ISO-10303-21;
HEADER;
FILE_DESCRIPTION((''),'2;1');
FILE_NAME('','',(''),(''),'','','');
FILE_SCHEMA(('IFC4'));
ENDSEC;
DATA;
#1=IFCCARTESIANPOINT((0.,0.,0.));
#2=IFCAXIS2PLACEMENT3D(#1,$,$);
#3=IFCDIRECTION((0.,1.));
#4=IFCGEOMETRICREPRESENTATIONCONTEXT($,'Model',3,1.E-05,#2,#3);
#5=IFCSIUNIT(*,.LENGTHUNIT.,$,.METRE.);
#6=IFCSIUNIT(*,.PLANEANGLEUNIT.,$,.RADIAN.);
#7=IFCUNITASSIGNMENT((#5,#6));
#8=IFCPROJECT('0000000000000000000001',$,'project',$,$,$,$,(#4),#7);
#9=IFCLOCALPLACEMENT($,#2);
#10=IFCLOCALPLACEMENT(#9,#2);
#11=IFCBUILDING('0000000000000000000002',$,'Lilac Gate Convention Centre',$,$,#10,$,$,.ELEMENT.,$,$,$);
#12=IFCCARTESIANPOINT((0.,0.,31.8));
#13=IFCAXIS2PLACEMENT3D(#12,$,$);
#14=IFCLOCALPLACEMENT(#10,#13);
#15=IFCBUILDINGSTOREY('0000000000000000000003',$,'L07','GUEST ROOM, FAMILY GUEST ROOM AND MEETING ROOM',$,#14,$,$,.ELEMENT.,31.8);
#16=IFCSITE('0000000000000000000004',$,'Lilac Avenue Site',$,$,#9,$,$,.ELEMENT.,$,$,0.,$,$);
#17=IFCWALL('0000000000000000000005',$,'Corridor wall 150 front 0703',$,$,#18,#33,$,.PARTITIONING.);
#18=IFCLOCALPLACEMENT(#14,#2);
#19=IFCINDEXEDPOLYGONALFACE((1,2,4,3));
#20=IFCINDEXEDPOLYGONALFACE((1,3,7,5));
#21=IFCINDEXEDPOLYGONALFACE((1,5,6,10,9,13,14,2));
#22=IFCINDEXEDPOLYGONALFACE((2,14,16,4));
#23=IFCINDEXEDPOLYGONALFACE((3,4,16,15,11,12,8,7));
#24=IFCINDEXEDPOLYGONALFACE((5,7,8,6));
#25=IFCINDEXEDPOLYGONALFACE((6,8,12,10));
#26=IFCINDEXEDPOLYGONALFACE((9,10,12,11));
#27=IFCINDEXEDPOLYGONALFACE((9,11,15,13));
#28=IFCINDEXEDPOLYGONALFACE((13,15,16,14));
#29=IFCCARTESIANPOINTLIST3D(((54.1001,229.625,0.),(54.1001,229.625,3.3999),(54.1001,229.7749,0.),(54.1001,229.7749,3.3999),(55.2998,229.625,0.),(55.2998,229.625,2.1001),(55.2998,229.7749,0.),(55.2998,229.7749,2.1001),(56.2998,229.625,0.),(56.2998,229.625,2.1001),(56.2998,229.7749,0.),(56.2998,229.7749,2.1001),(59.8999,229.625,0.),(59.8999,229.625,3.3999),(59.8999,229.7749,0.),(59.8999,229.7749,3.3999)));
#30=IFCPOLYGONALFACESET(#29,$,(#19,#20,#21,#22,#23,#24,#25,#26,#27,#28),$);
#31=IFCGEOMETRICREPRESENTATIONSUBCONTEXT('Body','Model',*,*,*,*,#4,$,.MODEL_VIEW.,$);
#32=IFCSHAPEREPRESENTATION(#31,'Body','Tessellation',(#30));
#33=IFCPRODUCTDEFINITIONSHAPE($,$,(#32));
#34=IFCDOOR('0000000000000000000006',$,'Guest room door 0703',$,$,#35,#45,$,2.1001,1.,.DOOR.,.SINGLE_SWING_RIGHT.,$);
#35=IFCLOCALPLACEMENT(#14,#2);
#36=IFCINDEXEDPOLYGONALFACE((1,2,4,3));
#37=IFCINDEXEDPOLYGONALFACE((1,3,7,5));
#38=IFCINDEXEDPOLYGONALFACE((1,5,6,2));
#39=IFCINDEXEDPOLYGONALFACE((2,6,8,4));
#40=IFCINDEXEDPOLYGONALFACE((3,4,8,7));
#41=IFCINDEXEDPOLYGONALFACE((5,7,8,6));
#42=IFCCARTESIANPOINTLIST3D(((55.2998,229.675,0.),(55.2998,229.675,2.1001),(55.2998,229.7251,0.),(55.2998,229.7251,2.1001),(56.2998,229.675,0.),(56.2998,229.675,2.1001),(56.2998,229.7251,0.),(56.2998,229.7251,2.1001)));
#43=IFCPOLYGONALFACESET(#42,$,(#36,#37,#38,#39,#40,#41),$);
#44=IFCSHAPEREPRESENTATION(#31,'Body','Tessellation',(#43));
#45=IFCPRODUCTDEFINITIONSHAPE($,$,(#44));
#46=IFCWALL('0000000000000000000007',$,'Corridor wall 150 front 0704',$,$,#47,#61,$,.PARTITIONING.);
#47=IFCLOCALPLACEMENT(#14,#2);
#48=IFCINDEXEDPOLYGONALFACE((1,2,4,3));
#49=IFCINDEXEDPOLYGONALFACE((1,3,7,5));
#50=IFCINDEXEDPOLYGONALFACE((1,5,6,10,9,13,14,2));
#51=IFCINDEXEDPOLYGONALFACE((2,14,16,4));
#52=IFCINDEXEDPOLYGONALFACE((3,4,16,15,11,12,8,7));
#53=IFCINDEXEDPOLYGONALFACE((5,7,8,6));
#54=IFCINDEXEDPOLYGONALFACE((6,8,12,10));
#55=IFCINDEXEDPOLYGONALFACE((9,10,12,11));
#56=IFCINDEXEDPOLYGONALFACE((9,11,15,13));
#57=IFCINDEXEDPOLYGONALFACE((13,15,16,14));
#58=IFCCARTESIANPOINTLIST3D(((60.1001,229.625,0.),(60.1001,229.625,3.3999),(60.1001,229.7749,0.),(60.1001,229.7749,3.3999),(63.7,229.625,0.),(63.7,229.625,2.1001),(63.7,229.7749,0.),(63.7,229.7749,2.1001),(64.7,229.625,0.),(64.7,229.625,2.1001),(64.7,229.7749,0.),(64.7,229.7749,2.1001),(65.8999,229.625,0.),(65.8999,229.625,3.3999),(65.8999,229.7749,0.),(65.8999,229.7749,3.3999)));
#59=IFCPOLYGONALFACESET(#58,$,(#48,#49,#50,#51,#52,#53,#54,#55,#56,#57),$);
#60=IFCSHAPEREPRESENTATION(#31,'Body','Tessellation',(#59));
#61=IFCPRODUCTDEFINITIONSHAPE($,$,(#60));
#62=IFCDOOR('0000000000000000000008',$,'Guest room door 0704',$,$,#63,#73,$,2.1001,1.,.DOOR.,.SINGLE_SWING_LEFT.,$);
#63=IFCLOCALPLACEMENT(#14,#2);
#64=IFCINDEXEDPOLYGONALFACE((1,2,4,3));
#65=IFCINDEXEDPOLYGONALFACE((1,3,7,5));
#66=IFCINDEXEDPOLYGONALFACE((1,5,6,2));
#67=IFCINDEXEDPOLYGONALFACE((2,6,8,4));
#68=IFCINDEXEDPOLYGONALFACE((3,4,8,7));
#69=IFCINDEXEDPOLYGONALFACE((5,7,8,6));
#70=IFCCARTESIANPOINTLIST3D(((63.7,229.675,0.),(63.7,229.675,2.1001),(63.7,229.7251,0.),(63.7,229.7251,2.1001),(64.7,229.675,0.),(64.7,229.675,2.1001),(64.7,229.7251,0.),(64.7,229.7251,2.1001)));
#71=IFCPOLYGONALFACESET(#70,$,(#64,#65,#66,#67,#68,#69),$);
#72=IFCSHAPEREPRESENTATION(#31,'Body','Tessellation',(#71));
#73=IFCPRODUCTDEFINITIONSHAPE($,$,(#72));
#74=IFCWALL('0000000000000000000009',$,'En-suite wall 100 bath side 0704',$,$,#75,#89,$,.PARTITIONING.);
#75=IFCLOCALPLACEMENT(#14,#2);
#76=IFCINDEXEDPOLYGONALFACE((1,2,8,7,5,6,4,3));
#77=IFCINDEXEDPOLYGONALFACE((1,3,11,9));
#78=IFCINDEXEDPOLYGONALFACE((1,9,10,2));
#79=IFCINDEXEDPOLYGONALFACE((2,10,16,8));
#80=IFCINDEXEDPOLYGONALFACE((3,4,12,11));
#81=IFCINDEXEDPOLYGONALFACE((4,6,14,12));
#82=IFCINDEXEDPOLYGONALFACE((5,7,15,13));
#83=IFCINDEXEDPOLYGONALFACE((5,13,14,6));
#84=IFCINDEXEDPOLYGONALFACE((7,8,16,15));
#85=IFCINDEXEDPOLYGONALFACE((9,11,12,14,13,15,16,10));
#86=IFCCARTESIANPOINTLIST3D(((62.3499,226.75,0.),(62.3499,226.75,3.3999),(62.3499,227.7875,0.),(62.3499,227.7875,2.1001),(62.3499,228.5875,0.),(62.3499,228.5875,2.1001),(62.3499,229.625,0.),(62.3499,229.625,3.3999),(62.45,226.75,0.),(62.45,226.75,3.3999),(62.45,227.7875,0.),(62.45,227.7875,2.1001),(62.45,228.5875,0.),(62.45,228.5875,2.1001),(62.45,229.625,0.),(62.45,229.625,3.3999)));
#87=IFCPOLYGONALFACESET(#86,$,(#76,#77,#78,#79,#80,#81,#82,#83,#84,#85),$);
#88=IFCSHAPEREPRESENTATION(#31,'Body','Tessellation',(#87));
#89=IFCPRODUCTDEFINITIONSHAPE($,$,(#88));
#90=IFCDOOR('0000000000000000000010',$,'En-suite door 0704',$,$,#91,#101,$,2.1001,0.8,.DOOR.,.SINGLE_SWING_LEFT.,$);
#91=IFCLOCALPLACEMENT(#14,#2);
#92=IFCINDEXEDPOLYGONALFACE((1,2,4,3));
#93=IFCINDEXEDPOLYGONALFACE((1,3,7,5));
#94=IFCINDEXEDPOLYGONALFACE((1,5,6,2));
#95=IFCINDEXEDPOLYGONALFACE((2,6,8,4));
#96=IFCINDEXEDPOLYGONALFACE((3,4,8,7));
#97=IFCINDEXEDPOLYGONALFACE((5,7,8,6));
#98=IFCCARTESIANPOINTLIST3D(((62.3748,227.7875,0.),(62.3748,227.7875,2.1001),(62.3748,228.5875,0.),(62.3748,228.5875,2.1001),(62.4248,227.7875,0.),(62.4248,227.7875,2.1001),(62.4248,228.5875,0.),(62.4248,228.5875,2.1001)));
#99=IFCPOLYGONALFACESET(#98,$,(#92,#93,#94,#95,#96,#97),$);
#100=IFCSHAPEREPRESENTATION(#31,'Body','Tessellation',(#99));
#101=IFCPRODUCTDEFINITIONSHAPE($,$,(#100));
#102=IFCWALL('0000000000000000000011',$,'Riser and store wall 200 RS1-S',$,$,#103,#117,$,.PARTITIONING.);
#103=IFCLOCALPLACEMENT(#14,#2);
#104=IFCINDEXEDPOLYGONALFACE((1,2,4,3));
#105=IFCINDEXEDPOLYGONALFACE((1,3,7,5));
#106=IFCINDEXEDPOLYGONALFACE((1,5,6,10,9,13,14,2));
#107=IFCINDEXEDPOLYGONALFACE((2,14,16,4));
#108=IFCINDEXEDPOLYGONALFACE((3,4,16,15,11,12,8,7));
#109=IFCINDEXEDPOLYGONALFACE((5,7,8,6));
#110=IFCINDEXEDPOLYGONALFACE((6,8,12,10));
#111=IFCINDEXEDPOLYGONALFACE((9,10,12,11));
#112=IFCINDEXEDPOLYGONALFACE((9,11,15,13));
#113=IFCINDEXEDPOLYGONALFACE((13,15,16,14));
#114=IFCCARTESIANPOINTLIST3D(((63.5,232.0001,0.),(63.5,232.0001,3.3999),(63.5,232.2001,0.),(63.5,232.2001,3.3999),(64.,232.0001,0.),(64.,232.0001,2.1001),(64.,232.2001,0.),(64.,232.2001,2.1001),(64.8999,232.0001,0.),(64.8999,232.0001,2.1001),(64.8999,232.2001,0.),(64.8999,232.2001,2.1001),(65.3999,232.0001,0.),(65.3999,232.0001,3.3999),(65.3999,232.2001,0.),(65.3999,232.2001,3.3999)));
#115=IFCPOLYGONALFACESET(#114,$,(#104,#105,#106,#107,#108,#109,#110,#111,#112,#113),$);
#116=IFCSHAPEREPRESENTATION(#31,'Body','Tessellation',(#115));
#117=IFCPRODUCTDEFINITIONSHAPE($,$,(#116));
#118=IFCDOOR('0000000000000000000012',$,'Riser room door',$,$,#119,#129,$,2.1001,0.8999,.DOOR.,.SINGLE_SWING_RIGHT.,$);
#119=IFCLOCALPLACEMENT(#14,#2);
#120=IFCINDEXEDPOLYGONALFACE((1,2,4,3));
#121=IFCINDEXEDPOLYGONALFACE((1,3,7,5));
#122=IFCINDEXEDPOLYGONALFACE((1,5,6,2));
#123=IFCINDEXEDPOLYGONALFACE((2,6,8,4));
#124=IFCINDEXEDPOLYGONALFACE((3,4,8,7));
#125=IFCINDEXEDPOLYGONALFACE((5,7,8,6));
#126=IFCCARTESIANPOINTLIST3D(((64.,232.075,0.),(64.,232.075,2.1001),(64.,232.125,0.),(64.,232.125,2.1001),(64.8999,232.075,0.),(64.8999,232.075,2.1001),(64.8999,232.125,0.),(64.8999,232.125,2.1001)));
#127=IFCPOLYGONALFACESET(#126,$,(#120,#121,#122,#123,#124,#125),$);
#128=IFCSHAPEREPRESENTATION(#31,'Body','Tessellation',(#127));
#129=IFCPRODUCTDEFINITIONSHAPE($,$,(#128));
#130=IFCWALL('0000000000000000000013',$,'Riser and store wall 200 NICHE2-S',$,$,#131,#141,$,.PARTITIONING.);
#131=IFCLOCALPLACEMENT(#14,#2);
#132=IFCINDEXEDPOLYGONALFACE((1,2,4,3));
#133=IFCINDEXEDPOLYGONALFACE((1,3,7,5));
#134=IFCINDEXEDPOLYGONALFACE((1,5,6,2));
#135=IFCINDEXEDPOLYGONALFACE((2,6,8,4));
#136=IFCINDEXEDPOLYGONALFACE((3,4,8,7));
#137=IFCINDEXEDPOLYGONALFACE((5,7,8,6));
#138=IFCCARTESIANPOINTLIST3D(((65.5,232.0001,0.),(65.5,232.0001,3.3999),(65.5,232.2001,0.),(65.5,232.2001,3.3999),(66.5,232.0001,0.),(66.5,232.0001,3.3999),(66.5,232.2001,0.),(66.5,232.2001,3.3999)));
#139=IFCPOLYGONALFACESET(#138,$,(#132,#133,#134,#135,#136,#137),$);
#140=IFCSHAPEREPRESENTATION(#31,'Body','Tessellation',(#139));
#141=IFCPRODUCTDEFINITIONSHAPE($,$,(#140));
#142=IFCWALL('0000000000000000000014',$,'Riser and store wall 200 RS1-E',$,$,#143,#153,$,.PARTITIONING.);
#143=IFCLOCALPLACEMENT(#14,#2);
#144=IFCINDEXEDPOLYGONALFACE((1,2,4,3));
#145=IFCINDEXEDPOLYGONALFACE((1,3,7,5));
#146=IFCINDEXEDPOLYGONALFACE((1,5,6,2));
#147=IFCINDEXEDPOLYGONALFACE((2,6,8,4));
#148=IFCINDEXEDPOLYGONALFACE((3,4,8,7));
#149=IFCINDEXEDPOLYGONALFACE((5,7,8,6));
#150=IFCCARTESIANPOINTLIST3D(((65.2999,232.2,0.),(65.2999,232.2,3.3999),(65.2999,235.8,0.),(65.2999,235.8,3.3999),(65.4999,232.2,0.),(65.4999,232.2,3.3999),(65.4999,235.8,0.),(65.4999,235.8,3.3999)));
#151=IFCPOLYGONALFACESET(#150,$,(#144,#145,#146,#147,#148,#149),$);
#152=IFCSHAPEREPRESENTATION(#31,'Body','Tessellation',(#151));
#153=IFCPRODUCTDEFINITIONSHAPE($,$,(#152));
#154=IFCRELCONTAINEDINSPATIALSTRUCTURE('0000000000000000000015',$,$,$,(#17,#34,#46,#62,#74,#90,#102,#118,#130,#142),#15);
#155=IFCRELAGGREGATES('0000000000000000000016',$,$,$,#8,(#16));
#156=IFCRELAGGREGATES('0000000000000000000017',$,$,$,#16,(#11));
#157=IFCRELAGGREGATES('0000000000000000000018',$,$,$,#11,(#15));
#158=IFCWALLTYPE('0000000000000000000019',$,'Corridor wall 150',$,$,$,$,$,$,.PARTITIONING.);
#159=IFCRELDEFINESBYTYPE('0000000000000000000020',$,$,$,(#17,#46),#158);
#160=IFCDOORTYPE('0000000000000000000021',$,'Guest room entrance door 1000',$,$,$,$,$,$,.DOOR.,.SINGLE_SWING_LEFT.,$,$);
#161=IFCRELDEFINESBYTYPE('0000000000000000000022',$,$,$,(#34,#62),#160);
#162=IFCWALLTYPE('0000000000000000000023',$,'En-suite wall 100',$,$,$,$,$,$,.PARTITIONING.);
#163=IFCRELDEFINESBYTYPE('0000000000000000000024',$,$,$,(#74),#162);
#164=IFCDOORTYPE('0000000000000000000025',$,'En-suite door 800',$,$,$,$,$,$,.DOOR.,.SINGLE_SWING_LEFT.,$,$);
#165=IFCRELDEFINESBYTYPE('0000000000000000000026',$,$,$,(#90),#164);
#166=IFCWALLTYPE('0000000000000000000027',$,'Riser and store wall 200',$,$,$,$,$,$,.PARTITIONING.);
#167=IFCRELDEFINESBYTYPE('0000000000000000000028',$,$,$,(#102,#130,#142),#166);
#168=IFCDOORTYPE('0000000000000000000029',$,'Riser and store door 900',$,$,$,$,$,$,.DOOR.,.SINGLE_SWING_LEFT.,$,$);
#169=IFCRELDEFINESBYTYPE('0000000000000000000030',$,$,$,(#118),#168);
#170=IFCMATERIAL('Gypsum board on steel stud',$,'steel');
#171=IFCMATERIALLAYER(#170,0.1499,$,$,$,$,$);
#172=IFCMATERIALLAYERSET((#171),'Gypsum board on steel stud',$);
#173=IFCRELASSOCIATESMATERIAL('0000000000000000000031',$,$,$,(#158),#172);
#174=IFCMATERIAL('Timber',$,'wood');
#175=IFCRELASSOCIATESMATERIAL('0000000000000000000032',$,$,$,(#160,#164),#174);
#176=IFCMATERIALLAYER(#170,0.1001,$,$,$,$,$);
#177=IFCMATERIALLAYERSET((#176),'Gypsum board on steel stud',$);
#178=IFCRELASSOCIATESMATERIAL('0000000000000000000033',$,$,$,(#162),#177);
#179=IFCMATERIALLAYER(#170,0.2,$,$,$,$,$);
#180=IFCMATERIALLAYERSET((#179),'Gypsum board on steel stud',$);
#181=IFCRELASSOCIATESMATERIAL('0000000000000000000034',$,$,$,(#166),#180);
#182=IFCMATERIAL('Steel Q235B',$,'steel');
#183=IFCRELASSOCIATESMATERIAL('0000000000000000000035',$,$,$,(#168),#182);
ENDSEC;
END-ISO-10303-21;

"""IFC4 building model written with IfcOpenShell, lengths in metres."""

from ifc_helpers import new_model, si_unit, direction, frame, frame_2d, origin, place, context, subcontext, project, spatial, rectangle, extrude, material, layer, layer_set, type_object, element, fill, save


model = new_model("IFC4")

# Units and contexts
model_context = context("Model", 3, precision=1e-05, world=origin(), true_north=direction((0.0, 1.0)))
body_context = subcontext(model_context, "Body", "Model", "MODEL_VIEW")
ifc_project = project(units=[si_unit("LENGTHUNIT", "METRE"), si_unit("PLANEANGLEUNIT", "RADIAN")], contexts=[model_context])

# Site, building, storey
site_placement = place(None, origin())
site = spatial("IfcSite", under=ifc_project, at=site_placement, Name="Lilac Avenue Site", CompositionType="ELEMENT", RefElevation=0.0)
building_placement = place(site_placement, origin())
building = spatial("IfcBuilding", under=site, at=building_placement, Name="Lilac Gate Convention Centre", CompositionType="ELEMENT")
storey_placement = place(building_placement, frame((0.0, 0.0, 31.8)))
storey = spatial("IfcBuildingStorey", under=building, at=storey_placement, Name="L07", Description="GUEST ROOM, FAMILY GUEST ROOM AND MEETING ROOM", CompositionType="ELEMENT", Elevation=31.8)

# Walls, openings, doors
ifc_material_1 = material(Name="Gypsum board on steel stud", Category="steel")
ifc_layer_1 = layer(ifc_material_1, 0.1499)
ifc_layer_set_1 = layer_set([ifc_layer_1], Name="Gypsum board on steel stud")
wall_type_1 = type_object("IfcWallType", Name="Corridor wall 150", PredefinedType="PARTITIONING", material=ifc_layer_set_1)
wall_1_placement = place(storey_placement, frame((59.8999, 229.7, 0.0), z_axis=(0.0, 0.0, 1.0), x_axis=(-1.0, 0.0, 0.0)))
wall_1 = element("IfcWall", 1, at=wall_1_placement, inside=storey, type_object=wall_type_1, Name="Corridor wall 150 front 0703", PredefinedType="PARTITIONING", context=body_context, shape_type="SweptSolid", body=[
    extrude(rectangle(XDim=5.7998, YDim=0.1499, at=frame_2d((2.8999, 0.0))), origin(), (0.0, 0.0, 1.0), 3.3999),
])
opening_1_placement = place(wall_1_placement, frame((3.6001, 0.0, 0.0)))
opening_1 = element("IfcOpeningElement", 2, at=opening_1_placement, cuts=wall_1, PredefinedType="OPENING", context=body_context, shape_type="SweptSolid", body=[
    extrude(rectangle(XDim=1.0, YDim=2.1001, at=frame_2d((0.5, 1.05))), frame((0.0, 0.085, 0.0), z_axis=(0.0, -1.0, 0.0), x_axis=(1.0, 0.0, 0.0)), (0.0, 0.0, 1.0), 0.1699),
])
ifc_material_2 = material(Name="Timber", Category="wood")
door_type_1 = type_object("IfcDoorType", Name="Guest room entrance door 1000", OperationType="SINGLE_SWING_LEFT", PredefinedType="DOOR", material=ifc_material_2)
door_1_placement = place(opening_1_placement, origin())
door_1 = element("IfcDoor", 3, at=door_1_placement, inside=storey, type_object=door_type_1, Name="Guest room door 0703", OperationType="SINGLE_SWING_RIGHT", OverallHeight=2.1001, OverallWidth=1.0, PredefinedType="DOOR", context=body_context, shape_type="SweptSolid", body=[
    extrude(rectangle(XDim=1.0, YDim=2.1001, at=frame_2d((0.5, 1.05))), frame((0.0, 0.0249, 0.0), z_axis=(0.0, -1.0, 0.0), x_axis=(1.0, 0.0, 0.0)), (0.0, 0.0, 1.0), 0.05),
])
fill(opening_1, door_1)
wall_2_placement = place(storey_placement, frame((65.8999, 229.7, 0.0), z_axis=(0.0, 0.0, 1.0), x_axis=(-1.0, 0.0, 0.0)))
wall_2 = element("IfcWall", 4, at=wall_2_placement, inside=storey, type_object=wall_type_1, Name="Corridor wall 150 front 0704", PredefinedType="PARTITIONING", context=body_context, shape_type="SweptSolid", body=[
    extrude(rectangle(XDim=5.7998, YDim=0.1499, at=frame_2d((2.8999, 0.0))), origin(), (0.0, 0.0, 1.0), 3.3999),
])
opening_2_placement = place(wall_2_placement, frame((1.2, 0.0, 0.0)))
opening_2 = element("IfcOpeningElement", 5, at=opening_2_placement, cuts=wall_2, PredefinedType="OPENING", context=body_context, shape_type="SweptSolid", body=[
    extrude(rectangle(XDim=1.0, YDim=2.1001, at=frame_2d((0.5, 1.05))), frame((0.0, 0.085, 0.0), z_axis=(0.0, -1.0, 0.0), x_axis=(1.0, 0.0, 0.0)), (0.0, 0.0, 1.0), 0.1699),
])
door_2_placement = place(opening_2_placement, origin())
door_2 = element("IfcDoor", 6, at=door_2_placement, inside=storey, type_object=door_type_1, Name="Guest room door 0704", OperationType="SINGLE_SWING_LEFT", OverallHeight=2.1001, OverallWidth=1.0, PredefinedType="DOOR", context=body_context, shape_type="SweptSolid", body=[
    extrude(rectangle(XDim=1.0, YDim=2.1001, at=frame_2d((0.5, 1.05))), frame((0.0, 0.0249, 0.0), z_axis=(0.0, -1.0, 0.0), x_axis=(1.0, 0.0, 0.0)), (0.0, 0.0, 1.0), 0.05),
])
fill(opening_2, door_2)
ifc_layer_2 = layer(ifc_material_1, 0.1001)
ifc_layer_set_2 = layer_set([ifc_layer_2], Name="Gypsum board on steel stud")
wall_type_2 = type_object("IfcWallType", Name="En-suite wall 100", PredefinedType="PARTITIONING", material=ifc_layer_set_2)
wall_3_placement = place(storey_placement, frame((62.3999, 229.625, 0.0), z_axis=(0.0, 0.0, 1.0), x_axis=(0.0, -1.0, 0.0)))
wall_3 = element("IfcWall", 7, at=wall_3_placement, inside=storey, type_object=wall_type_2, Name="En-suite wall 100 bath side 0704", PredefinedType="PARTITIONING", context=body_context, shape_type="SweptSolid", body=[
    extrude(rectangle(XDim=2.875, YDim=0.1001, at=frame_2d((1.4375, 0.0))), origin(), (0.0, 0.0, 1.0), 3.3999),
])
opening_3_placement = place(wall_3_placement, frame((1.0376, 0.0, 0.0)))
opening_3 = element("IfcOpeningElement", 8, at=opening_3_placement, cuts=wall_3, PredefinedType="OPENING", context=body_context, shape_type="SweptSolid", body=[
    extrude(rectangle(XDim=0.8, YDim=2.1001, at=frame_2d((0.3999, 1.05))), frame((0.0, 0.0601, 0.0), z_axis=(0.0, -1.0, 0.0), x_axis=(1.0, 0.0, 0.0)), (0.0, 0.0, 1.0), 0.1201),
])
door_type_2 = type_object("IfcDoorType", Name="En-suite door 800", OperationType="SINGLE_SWING_LEFT", PredefinedType="DOOR", material=ifc_material_2)
door_3_placement = place(opening_3_placement, origin())
door_3 = element("IfcDoor", 9, at=door_3_placement, inside=storey, type_object=door_type_2, Name="En-suite door 0704", OperationType="SINGLE_SWING_LEFT", OverallHeight=2.1001, OverallWidth=0.8, PredefinedType="DOOR", context=body_context, shape_type="SweptSolid", body=[
    extrude(rectangle(XDim=0.8, YDim=2.1001, at=frame_2d((0.3999, 1.05))), frame((0.0, 0.0249, 0.0), z_axis=(0.0, -1.0, 0.0), x_axis=(1.0, 0.0, 0.0)), (0.0, 0.0, 1.0), 0.05),
])
fill(opening_3, door_3)
ifc_layer_3 = layer(ifc_material_1, 0.2)
ifc_layer_set_3 = layer_set([ifc_layer_3], Name="Gypsum board on steel stud")
wall_type_3 = type_object("IfcWallType", Name="Riser and store wall 200", PredefinedType="PARTITIONING", material=ifc_layer_set_3)
wall_4_placement = place(storey_placement, frame((63.5, 232.1001, 0.0), z_axis=(0.0, 0.0, 1.0), x_axis=(1.0, 0.0, 0.0)))
wall_4 = element("IfcWall", 10, at=wall_4_placement, inside=storey, type_object=wall_type_3, Name="Riser and store wall 200 RS1-S", PredefinedType="PARTITIONING", context=body_context, shape_type="SweptSolid", body=[
    extrude(rectangle(XDim=1.8999, YDim=0.2, at=frame_2d((0.95, 0.0))), origin(), (0.0, 0.0, 1.0), 3.3999),
])
opening_4_placement = place(wall_4_placement, frame((0.5, 0.0, 0.0)))
opening_4 = element("IfcOpeningElement", 11, at=opening_4_placement, cuts=wall_4, PredefinedType="OPENING", context=body_context, shape_type="SweptSolid", body=[
    extrude(rectangle(XDim=0.8999, YDim=2.1001, at=frame_2d((0.45, 1.05))), frame((0.0, 0.1099, 0.0), z_axis=(0.0, -1.0, 0.0), x_axis=(1.0, 0.0, 0.0)), (0.0, 0.0, 1.0), 0.22),
])
ifc_material_3 = material(Name="Steel Q235B", Category="steel")
door_type_3 = type_object("IfcDoorType", Name="Riser and store door 900", OperationType="SINGLE_SWING_LEFT", PredefinedType="DOOR", material=ifc_material_3)
door_4_placement = place(opening_4_placement, origin())
door_4 = element("IfcDoor", 12, at=door_4_placement, inside=storey, type_object=door_type_3, Name="Riser room door", OperationType="SINGLE_SWING_RIGHT", OverallHeight=2.1001, OverallWidth=0.8999, PredefinedType="DOOR", context=body_context, shape_type="SweptSolid", body=[
    extrude(rectangle(XDim=0.8999, YDim=2.1001, at=frame_2d((0.45, 1.05))), frame((0.0, 0.0249, 0.0), z_axis=(0.0, -1.0, 0.0), x_axis=(1.0, 0.0, 0.0)), (0.0, 0.0, 1.0), 0.05),
])
fill(opening_4, door_4)

# Walls
wall_5_placement = place(storey_placement, frame((65.5, 232.1001, 0.0), z_axis=(0.0, 0.0, 1.0), x_axis=(1.0, 0.0, 0.0)))
element("IfcWall", 13, at=wall_5_placement, inside=storey, type_object=wall_type_3, Name="Riser and store wall 200 NICHE2-S", PredefinedType="PARTITIONING", context=body_context, shape_type="SweptSolid", body=[
    extrude(rectangle(XDim=1.0, YDim=0.2, at=frame_2d((0.5, 0.0))), origin(), (0.0, 0.0, 1.0), 3.3999),
])
wall_6_placement = place(storey_placement, frame((65.3999, 232.2, 0.0), z_axis=(0.0, 0.0, 1.0), x_axis=(0.0, 1.0, 0.0)))
element("IfcWall", 14, at=wall_6_placement, inside=storey, type_object=wall_type_3, Name="Riser and store wall 200 RS1-E", PredefinedType="PARTITIONING", context=body_context, shape_type="SweptSolid", body=[
    extrude(rectangle(XDim=3.6001, YDim=0.2, at=frame_2d((1.8, 0.0))), origin(), (0.0, 0.0, 1.0), 3.3999),
])

save(model, "model.ifc")
